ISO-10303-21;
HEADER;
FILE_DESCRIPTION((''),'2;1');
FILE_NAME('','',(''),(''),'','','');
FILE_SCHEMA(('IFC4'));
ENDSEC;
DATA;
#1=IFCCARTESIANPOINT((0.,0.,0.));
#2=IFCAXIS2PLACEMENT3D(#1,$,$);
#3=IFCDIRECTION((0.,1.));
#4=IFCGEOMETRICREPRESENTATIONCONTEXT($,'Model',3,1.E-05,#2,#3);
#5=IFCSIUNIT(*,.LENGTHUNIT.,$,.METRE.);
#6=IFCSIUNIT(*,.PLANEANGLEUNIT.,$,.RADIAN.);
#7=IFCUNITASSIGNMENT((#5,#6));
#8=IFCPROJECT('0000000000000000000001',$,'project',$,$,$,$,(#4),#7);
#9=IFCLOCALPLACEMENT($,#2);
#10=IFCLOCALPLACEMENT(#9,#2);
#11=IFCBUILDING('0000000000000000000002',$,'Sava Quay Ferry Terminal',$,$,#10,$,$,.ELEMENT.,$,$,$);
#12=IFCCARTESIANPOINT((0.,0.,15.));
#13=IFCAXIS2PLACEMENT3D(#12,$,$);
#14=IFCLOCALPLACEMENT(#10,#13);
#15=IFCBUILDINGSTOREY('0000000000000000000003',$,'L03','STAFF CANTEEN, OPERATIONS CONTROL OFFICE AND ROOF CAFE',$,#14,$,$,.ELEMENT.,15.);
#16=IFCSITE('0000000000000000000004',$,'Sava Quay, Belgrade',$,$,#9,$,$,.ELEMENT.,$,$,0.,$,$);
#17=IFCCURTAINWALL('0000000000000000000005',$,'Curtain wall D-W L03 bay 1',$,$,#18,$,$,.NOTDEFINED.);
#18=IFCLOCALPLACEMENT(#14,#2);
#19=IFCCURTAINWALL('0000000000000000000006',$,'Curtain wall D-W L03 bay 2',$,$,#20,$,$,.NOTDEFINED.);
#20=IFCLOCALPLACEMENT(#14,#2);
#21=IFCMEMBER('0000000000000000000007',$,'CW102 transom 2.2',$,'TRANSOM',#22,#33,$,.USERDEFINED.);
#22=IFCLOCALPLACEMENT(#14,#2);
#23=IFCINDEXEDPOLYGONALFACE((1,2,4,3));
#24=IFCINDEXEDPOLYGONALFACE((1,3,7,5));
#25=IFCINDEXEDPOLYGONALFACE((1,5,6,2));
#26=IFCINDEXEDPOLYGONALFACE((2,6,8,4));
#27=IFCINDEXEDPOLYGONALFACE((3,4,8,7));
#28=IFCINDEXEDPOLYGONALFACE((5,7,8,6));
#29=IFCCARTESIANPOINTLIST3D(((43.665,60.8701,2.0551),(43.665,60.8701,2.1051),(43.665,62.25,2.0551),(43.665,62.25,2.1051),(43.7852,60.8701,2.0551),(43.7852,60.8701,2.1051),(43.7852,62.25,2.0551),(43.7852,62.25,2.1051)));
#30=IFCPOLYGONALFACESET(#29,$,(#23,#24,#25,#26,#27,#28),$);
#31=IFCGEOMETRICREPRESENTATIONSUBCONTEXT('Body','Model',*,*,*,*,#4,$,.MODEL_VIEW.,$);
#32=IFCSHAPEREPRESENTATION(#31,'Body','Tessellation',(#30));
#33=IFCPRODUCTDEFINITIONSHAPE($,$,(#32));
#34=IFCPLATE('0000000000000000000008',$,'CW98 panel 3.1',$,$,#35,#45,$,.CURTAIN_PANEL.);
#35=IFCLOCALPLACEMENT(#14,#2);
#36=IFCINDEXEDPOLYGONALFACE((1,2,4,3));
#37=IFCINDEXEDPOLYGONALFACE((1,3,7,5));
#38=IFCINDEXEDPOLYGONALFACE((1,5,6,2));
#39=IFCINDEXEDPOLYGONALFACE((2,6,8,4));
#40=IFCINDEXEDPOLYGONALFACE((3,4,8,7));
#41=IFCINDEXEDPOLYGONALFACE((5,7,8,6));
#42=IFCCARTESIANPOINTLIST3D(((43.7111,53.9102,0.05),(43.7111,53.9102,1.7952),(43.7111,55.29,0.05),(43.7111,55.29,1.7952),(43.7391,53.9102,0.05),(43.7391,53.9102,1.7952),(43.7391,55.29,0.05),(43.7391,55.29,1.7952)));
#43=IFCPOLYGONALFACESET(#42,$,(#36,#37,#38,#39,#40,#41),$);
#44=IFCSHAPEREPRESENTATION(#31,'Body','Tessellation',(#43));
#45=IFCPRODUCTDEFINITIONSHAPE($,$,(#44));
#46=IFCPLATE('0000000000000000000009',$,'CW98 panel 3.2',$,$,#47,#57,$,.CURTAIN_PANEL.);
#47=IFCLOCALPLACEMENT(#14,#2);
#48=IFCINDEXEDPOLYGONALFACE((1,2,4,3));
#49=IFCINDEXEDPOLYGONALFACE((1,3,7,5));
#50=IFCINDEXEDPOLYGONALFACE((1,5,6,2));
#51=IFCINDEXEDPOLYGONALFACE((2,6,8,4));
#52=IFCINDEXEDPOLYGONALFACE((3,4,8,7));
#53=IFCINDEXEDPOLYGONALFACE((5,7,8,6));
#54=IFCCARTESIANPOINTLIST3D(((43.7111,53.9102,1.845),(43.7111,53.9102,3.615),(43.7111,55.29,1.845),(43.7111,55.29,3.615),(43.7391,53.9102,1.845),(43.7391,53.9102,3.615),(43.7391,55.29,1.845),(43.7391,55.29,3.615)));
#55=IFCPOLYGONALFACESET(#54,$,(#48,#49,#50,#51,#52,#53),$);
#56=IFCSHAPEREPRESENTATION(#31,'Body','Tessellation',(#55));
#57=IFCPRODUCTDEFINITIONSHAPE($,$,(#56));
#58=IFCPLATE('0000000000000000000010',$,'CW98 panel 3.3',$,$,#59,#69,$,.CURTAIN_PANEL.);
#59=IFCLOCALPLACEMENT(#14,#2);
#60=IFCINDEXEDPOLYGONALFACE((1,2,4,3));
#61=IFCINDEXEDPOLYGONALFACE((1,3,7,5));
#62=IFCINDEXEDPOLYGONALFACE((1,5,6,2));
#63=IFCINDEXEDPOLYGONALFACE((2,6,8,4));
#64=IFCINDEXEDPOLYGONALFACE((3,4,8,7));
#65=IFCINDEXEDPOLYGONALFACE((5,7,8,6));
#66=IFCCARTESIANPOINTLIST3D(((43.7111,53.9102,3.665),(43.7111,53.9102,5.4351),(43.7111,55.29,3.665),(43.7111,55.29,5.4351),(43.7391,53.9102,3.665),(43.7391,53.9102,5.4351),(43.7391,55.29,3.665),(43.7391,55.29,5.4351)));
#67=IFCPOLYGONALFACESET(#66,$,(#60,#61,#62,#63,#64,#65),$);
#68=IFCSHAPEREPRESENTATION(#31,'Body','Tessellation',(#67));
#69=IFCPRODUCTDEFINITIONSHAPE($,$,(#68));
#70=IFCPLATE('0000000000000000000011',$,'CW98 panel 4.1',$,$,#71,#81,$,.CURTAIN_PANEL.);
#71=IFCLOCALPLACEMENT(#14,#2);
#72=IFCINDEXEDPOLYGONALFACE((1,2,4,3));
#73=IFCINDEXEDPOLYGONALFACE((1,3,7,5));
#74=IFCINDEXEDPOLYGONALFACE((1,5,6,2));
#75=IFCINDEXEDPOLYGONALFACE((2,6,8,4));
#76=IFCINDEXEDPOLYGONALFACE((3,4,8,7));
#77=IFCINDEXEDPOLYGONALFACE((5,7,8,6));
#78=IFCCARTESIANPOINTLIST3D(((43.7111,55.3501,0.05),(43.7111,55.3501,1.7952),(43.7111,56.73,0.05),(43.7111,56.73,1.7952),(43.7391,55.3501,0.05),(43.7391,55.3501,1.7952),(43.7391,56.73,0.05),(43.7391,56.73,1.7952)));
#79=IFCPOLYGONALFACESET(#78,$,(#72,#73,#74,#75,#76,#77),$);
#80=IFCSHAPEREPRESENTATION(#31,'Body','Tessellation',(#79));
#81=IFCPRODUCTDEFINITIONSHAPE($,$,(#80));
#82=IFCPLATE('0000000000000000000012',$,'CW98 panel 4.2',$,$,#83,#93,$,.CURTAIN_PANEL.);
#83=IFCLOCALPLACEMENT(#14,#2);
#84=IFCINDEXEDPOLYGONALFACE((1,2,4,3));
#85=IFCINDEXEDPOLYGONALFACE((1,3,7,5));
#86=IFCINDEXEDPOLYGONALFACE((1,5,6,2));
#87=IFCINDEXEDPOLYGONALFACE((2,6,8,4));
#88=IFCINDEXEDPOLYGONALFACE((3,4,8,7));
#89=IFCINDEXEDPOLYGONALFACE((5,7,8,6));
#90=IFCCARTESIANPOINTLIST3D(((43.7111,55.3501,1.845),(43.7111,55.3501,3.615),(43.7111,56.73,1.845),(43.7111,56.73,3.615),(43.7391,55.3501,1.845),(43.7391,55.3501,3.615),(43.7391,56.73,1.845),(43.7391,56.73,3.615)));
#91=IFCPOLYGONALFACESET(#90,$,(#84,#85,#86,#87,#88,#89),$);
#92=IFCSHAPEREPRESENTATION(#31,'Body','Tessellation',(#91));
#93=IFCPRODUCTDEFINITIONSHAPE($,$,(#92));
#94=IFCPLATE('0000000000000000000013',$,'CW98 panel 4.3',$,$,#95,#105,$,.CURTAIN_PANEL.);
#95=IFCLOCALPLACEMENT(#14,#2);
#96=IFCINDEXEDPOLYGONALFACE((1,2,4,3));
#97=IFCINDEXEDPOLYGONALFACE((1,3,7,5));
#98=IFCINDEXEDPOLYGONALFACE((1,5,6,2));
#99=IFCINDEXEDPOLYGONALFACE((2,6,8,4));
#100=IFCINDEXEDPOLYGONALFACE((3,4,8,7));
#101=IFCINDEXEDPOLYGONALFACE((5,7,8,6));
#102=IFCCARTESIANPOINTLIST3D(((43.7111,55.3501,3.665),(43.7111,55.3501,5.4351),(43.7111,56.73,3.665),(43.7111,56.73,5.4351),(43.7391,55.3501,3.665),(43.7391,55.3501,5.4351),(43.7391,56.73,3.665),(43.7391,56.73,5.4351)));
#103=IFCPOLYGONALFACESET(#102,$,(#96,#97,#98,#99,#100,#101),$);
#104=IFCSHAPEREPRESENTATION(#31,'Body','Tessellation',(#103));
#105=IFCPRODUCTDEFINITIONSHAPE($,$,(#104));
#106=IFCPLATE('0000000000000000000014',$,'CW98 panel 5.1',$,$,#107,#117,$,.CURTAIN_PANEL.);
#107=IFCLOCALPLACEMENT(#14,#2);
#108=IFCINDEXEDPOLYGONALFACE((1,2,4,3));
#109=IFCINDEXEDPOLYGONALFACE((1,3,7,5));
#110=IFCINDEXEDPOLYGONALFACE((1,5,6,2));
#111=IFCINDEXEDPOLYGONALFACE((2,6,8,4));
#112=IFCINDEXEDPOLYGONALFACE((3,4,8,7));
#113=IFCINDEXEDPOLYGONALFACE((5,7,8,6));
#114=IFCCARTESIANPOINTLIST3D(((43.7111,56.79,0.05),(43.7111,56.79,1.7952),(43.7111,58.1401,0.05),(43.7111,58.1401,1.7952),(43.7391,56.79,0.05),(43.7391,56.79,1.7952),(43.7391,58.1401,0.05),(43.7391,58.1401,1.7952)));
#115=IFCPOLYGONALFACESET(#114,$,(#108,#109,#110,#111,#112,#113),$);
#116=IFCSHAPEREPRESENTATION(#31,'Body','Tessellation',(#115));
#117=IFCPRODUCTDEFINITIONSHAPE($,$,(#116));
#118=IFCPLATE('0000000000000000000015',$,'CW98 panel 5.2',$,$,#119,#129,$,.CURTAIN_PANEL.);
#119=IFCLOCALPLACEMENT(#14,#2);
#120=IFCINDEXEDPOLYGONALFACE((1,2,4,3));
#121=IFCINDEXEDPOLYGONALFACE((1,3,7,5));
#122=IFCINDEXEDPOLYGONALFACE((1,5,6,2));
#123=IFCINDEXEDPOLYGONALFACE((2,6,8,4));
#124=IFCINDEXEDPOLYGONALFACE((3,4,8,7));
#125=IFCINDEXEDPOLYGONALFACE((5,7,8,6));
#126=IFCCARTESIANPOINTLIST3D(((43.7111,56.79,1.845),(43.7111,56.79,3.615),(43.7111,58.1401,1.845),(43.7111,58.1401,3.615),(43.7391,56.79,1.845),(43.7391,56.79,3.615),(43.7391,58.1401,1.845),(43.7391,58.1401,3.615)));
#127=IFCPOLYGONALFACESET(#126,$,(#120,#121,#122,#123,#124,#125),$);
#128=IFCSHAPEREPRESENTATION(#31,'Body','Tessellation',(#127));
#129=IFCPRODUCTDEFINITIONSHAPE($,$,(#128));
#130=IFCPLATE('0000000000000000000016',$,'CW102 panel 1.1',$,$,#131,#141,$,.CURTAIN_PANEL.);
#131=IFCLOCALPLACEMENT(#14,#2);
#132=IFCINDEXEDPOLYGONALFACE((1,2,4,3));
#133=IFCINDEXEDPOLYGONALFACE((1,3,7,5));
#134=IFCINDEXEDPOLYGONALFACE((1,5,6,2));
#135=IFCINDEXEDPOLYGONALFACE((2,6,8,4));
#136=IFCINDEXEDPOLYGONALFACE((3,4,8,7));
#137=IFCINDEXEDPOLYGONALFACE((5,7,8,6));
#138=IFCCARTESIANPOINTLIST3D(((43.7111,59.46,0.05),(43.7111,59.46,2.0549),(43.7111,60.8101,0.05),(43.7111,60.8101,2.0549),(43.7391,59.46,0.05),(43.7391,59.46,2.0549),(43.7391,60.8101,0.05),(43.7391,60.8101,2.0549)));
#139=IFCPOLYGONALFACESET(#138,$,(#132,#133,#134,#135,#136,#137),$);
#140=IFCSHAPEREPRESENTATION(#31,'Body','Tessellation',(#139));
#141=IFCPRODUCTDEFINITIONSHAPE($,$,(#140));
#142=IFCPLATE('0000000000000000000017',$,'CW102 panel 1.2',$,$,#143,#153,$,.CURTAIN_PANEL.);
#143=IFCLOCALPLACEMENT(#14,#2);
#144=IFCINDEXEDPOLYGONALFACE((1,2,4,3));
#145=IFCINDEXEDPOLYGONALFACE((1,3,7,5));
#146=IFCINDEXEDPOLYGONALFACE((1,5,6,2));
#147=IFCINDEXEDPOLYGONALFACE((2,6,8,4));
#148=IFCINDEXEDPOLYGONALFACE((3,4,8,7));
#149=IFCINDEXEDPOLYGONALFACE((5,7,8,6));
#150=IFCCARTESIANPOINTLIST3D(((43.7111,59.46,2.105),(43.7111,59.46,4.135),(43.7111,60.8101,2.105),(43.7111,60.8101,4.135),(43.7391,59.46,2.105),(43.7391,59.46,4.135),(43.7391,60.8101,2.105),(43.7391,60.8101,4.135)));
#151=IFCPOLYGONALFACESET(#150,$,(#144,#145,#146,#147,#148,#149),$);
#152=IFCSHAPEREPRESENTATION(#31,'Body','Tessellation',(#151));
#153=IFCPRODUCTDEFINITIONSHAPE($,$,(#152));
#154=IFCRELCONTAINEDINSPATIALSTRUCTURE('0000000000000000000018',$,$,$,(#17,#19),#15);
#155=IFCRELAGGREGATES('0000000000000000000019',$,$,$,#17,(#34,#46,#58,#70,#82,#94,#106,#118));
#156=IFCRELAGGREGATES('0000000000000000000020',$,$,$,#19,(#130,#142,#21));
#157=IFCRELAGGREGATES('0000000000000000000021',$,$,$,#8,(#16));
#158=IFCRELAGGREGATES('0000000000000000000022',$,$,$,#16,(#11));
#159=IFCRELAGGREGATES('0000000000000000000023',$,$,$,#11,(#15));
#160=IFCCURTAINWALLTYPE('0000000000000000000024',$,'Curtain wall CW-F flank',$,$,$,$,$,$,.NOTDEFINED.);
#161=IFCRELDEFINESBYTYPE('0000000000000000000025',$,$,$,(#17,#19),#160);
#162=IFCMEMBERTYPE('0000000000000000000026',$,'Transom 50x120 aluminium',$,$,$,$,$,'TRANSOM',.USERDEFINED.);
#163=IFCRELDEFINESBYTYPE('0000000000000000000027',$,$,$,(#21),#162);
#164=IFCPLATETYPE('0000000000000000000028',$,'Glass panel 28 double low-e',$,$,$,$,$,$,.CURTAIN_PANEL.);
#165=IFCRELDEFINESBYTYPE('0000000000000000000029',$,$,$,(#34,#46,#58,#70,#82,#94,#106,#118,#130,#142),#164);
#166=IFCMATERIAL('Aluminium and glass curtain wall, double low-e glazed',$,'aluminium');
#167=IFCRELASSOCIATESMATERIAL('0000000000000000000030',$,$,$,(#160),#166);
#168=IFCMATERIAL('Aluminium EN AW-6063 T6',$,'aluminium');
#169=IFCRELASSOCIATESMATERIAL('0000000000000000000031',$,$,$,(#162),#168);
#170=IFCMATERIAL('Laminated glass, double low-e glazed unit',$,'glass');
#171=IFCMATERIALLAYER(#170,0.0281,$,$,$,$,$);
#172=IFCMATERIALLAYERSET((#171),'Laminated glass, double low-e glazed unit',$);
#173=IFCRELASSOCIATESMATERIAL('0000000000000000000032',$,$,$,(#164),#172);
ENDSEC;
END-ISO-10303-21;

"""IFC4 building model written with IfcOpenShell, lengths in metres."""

from ifc_helpers import new_model, si_unit, direction, frame, origin, origin_2d, place, context, subcontext, project, spatial, rectangle, extrude, material, layer, layer_set, material_profile, profile_set, type_object, element, aggregate, save


model = new_model("IFC4")

# Units and contexts
model_context = context("Model", 3, precision=1e-05, world=origin(), true_north=direction((0.0, 1.0)))
body_context = subcontext(model_context, "Body", "Model", "MODEL_VIEW")
ifc_project = project(units=[si_unit("LENGTHUNIT", "METRE"), si_unit("PLANEANGLEUNIT", "RADIAN")], contexts=[model_context])

# Site, building, storey
site_placement = place(None, origin())
site = spatial("IfcSite", under=ifc_project, at=site_placement, Name="Sava Quay, Belgrade", CompositionType="ELEMENT", RefElevation=0.0)
building_placement = place(site_placement, origin())
building = spatial("IfcBuilding", under=site, at=building_placement, Name="Sava Quay Ferry Terminal", CompositionType="ELEMENT")
storey_placement = place(building_placement, frame((0.0, 0.0, 15.0)))
storey = spatial("IfcBuildingStorey", under=building, at=storey_placement, Name="L03", Description="STAFF CANTEEN, OPERATIONS CONTROL OFFICE AND ROOF CAFE", CompositionType="ELEMENT", Elevation=15.0)

# Curtain walls
ifc_material_1 = material(Name="Aluminium and glass curtain wall, double low-e glazed", Category="aluminium")
curtain_wall_type = type_object("IfcCurtainWallType", Name="Curtain wall CW-F flank", PredefinedType="NOTDEFINED", material=ifc_material_1)
curtain_wall_1_placement = place(storey_placement, origin())
curtain_wall_1 = element("IfcCurtainWall", 1, at=curtain_wall_1_placement, inside=storey, type_object=curtain_wall_type, Name="Curtain wall D-W L03 bay 1", PredefinedType="NOTDEFINED")
curtain_wall_2_placement = place(storey_placement, origin())
curtain_wall_2 = element("IfcCurtainWall", 2, at=curtain_wall_2_placement, inside=storey, type_object=curtain_wall_type, Name="Curtain wall D-W L03 bay 2", PredefinedType="NOTDEFINED")

# Member
ifc_material_2 = material(Name="Aluminium EN AW-6063 T6", Category="aluminium")
ifc_material_profile_1 = material_profile(ifc_material_2, rectangle(XDim=0.1201, YDim=0.05, at=origin_2d()), Name="Transom 50x120 aluminium")
ifc_profile_set_1 = profile_set([ifc_material_profile_1], Name="Aluminium EN AW-6063 T6")
member_type_1 = type_object("IfcMemberType", Name="Transom 50x120 aluminium", ElementType="TRANSOM", PredefinedType="USERDEFINED", material=ifc_profile_set_1)
member_1_placement = place(storey_placement, frame((43.7251, 60.8701, 2.0801), z_axis=(0.0, 1.0, 0.0), x_axis=(-1.0, 0.0, 0.0)))
member_1 = element("IfcMember", 3, at=member_1_placement, type_object=member_type_1, Name="CW102 transom 2.2", ObjectType="TRANSOM", PredefinedType="USERDEFINED", context=body_context, shape_type="SweptSolid", body=[
    extrude(rectangle(XDim=0.1201, YDim=0.05, at=origin_2d()), origin(), (0.0, 0.0, 1.0), 1.3799),
])

# Plates
ifc_material_3 = material(Name="Laminated glass, double low-e glazed unit", Category="glass")
ifc_layer = layer(ifc_material_3, 0.0281)
ifc_layer_set = layer_set([ifc_layer], Name="Laminated glass, double low-e glazed unit")
plate_type = type_object("IfcPlateType", Name="Glass panel 28 double low-e", PredefinedType="CURTAIN_PANEL", material=ifc_layer_set)
plate_1_placement = place(storey_placement, frame((43.7251, 54.6001, 0.05), z_axis=(0.0, 0.0, 1.0), x_axis=(0.0, 1.0, 0.0)))
plate_1 = element("IfcPlate", 4, at=plate_1_placement, type_object=plate_type, Name="CW98 panel 3.1", PredefinedType="CURTAIN_PANEL", context=body_context, shape_type="SweptSolid", body=[
    extrude(rectangle(XDim=1.3799, YDim=0.0281, at=origin_2d()), origin(), (0.0, 0.0, 1.0), 1.7451),
])
plate_2_placement = place(storey_placement, frame((43.7251, 54.6001, 1.845), z_axis=(0.0, 0.0, 1.0), x_axis=(0.0, 1.0, 0.0)))
plate_2 = element("IfcPlate", 5, at=plate_2_placement, type_object=plate_type, Name="CW98 panel 3.2", PredefinedType="CURTAIN_PANEL", context=body_context, shape_type="SweptSolid", body=[
    extrude(rectangle(XDim=1.3799, YDim=0.0281, at=origin_2d()), origin(), (0.0, 0.0, 1.0), 1.77),
])
plate_3_placement = place(storey_placement, frame((43.7251, 54.6001, 3.665), z_axis=(0.0, 0.0, 1.0), x_axis=(0.0, 1.0, 0.0)))
plate_3 = element("IfcPlate", 6, at=plate_3_placement, type_object=plate_type, Name="CW98 panel 3.3", PredefinedType="CURTAIN_PANEL", context=body_context, shape_type="SweptSolid", body=[
    extrude(rectangle(XDim=1.3799, YDim=0.0281, at=origin_2d()), origin(), (0.0, 0.0, 1.0), 1.77),
])
plate_4_placement = place(storey_placement, frame((43.7251, 56.04, 0.05), z_axis=(0.0, 0.0, 1.0), x_axis=(0.0, 1.0, 0.0)))
plate_4 = element("IfcPlate", 7, at=plate_4_placement, type_object=plate_type, Name="CW98 panel 4.1", PredefinedType="CURTAIN_PANEL", context=body_context, shape_type="SweptSolid", body=[
    extrude(rectangle(XDim=1.3799, YDim=0.0281, at=origin_2d()), origin(), (0.0, 0.0, 1.0), 1.7451),
])
plate_5_placement = place(storey_placement, frame((43.7251, 56.04, 1.845), z_axis=(0.0, 0.0, 1.0), x_axis=(0.0, 1.0, 0.0)))
plate_5 = element("IfcPlate", 8, at=plate_5_placement, type_object=plate_type, Name="CW98 panel 4.2", PredefinedType="CURTAIN_PANEL", context=body_context, shape_type="SweptSolid", body=[
    extrude(rectangle(XDim=1.3799, YDim=0.0281, at=origin_2d()), origin(), (0.0, 0.0, 1.0), 1.77),
])
plate_6_placement = place(storey_placement, frame((43.7251, 56.04, 3.665), z_axis=(0.0, 0.0, 1.0), x_axis=(0.0, 1.0, 0.0)))
plate_6 = element("IfcPlate", 9, at=plate_6_placement, type_object=plate_type, Name="CW98 panel 4.3", PredefinedType="CURTAIN_PANEL", context=body_context, shape_type="SweptSolid", body=[
    extrude(rectangle(XDim=1.3799, YDim=0.0281, at=origin_2d()), origin(), (0.0, 0.0, 1.0), 1.77),
])
plate_7_placement = place(storey_placement, frame((43.7251, 57.4651, 0.05), z_axis=(0.0, 0.0, 1.0), x_axis=(0.0, 1.0, 0.0)))
plate_7 = element("IfcPlate", 10, at=plate_7_placement, type_object=plate_type, Name="CW98 panel 5.1", PredefinedType="CURTAIN_PANEL", context=body_context, shape_type="SweptSolid", body=[
    extrude(rectangle(XDim=1.3501, YDim=0.0281, at=origin_2d()), origin(), (0.0, 0.0, 1.0), 1.7451),
])
plate_8_placement = place(storey_placement, frame((43.7251, 57.4651, 1.845), z_axis=(0.0, 0.0, 1.0), x_axis=(0.0, 1.0, 0.0)))
plate_8 = element("IfcPlate", 11, at=plate_8_placement, type_object=plate_type, Name="CW98 panel 5.2", PredefinedType="CURTAIN_PANEL", context=body_context, shape_type="SweptSolid", body=[
    extrude(rectangle(XDim=1.3501, YDim=0.0281, at=origin_2d()), origin(), (0.0, 0.0, 1.0), 1.77),
])
aggregate(curtain_wall_1, [plate_1, plate_2, plate_3, plate_4, plate_5, plate_6, plate_7, plate_8])
plate_9_placement = place(storey_placement, frame((43.7251, 60.135, 0.05), z_axis=(0.0, 0.0, 1.0), x_axis=(0.0, 1.0, 0.0)))
plate_9 = element("IfcPlate", 12, at=plate_9_placement, type_object=plate_type, Name="CW102 panel 1.1", PredefinedType="CURTAIN_PANEL", context=body_context, shape_type="SweptSolid", body=[
    extrude(rectangle(XDim=1.3501, YDim=0.0281, at=origin_2d()), origin(), (0.0, 0.0, 1.0), 2.0049),
])
plate_10_placement = place(storey_placement, frame((43.7251, 60.135, 2.105), z_axis=(0.0, 0.0, 1.0), x_axis=(0.0, 1.0, 0.0)))
plate_10 = element("IfcPlate", 13, at=plate_10_placement, type_object=plate_type, Name="CW102 panel 1.2", PredefinedType="CURTAIN_PANEL", context=body_context, shape_type="SweptSolid", body=[
    extrude(rectangle(XDim=1.3501, YDim=0.0281, at=origin_2d()), origin(), (0.0, 0.0, 1.0), 2.03),
])
aggregate(curtain_wall_2, [plate_9, plate_10, member_1])

save(model, "model.ifc")
